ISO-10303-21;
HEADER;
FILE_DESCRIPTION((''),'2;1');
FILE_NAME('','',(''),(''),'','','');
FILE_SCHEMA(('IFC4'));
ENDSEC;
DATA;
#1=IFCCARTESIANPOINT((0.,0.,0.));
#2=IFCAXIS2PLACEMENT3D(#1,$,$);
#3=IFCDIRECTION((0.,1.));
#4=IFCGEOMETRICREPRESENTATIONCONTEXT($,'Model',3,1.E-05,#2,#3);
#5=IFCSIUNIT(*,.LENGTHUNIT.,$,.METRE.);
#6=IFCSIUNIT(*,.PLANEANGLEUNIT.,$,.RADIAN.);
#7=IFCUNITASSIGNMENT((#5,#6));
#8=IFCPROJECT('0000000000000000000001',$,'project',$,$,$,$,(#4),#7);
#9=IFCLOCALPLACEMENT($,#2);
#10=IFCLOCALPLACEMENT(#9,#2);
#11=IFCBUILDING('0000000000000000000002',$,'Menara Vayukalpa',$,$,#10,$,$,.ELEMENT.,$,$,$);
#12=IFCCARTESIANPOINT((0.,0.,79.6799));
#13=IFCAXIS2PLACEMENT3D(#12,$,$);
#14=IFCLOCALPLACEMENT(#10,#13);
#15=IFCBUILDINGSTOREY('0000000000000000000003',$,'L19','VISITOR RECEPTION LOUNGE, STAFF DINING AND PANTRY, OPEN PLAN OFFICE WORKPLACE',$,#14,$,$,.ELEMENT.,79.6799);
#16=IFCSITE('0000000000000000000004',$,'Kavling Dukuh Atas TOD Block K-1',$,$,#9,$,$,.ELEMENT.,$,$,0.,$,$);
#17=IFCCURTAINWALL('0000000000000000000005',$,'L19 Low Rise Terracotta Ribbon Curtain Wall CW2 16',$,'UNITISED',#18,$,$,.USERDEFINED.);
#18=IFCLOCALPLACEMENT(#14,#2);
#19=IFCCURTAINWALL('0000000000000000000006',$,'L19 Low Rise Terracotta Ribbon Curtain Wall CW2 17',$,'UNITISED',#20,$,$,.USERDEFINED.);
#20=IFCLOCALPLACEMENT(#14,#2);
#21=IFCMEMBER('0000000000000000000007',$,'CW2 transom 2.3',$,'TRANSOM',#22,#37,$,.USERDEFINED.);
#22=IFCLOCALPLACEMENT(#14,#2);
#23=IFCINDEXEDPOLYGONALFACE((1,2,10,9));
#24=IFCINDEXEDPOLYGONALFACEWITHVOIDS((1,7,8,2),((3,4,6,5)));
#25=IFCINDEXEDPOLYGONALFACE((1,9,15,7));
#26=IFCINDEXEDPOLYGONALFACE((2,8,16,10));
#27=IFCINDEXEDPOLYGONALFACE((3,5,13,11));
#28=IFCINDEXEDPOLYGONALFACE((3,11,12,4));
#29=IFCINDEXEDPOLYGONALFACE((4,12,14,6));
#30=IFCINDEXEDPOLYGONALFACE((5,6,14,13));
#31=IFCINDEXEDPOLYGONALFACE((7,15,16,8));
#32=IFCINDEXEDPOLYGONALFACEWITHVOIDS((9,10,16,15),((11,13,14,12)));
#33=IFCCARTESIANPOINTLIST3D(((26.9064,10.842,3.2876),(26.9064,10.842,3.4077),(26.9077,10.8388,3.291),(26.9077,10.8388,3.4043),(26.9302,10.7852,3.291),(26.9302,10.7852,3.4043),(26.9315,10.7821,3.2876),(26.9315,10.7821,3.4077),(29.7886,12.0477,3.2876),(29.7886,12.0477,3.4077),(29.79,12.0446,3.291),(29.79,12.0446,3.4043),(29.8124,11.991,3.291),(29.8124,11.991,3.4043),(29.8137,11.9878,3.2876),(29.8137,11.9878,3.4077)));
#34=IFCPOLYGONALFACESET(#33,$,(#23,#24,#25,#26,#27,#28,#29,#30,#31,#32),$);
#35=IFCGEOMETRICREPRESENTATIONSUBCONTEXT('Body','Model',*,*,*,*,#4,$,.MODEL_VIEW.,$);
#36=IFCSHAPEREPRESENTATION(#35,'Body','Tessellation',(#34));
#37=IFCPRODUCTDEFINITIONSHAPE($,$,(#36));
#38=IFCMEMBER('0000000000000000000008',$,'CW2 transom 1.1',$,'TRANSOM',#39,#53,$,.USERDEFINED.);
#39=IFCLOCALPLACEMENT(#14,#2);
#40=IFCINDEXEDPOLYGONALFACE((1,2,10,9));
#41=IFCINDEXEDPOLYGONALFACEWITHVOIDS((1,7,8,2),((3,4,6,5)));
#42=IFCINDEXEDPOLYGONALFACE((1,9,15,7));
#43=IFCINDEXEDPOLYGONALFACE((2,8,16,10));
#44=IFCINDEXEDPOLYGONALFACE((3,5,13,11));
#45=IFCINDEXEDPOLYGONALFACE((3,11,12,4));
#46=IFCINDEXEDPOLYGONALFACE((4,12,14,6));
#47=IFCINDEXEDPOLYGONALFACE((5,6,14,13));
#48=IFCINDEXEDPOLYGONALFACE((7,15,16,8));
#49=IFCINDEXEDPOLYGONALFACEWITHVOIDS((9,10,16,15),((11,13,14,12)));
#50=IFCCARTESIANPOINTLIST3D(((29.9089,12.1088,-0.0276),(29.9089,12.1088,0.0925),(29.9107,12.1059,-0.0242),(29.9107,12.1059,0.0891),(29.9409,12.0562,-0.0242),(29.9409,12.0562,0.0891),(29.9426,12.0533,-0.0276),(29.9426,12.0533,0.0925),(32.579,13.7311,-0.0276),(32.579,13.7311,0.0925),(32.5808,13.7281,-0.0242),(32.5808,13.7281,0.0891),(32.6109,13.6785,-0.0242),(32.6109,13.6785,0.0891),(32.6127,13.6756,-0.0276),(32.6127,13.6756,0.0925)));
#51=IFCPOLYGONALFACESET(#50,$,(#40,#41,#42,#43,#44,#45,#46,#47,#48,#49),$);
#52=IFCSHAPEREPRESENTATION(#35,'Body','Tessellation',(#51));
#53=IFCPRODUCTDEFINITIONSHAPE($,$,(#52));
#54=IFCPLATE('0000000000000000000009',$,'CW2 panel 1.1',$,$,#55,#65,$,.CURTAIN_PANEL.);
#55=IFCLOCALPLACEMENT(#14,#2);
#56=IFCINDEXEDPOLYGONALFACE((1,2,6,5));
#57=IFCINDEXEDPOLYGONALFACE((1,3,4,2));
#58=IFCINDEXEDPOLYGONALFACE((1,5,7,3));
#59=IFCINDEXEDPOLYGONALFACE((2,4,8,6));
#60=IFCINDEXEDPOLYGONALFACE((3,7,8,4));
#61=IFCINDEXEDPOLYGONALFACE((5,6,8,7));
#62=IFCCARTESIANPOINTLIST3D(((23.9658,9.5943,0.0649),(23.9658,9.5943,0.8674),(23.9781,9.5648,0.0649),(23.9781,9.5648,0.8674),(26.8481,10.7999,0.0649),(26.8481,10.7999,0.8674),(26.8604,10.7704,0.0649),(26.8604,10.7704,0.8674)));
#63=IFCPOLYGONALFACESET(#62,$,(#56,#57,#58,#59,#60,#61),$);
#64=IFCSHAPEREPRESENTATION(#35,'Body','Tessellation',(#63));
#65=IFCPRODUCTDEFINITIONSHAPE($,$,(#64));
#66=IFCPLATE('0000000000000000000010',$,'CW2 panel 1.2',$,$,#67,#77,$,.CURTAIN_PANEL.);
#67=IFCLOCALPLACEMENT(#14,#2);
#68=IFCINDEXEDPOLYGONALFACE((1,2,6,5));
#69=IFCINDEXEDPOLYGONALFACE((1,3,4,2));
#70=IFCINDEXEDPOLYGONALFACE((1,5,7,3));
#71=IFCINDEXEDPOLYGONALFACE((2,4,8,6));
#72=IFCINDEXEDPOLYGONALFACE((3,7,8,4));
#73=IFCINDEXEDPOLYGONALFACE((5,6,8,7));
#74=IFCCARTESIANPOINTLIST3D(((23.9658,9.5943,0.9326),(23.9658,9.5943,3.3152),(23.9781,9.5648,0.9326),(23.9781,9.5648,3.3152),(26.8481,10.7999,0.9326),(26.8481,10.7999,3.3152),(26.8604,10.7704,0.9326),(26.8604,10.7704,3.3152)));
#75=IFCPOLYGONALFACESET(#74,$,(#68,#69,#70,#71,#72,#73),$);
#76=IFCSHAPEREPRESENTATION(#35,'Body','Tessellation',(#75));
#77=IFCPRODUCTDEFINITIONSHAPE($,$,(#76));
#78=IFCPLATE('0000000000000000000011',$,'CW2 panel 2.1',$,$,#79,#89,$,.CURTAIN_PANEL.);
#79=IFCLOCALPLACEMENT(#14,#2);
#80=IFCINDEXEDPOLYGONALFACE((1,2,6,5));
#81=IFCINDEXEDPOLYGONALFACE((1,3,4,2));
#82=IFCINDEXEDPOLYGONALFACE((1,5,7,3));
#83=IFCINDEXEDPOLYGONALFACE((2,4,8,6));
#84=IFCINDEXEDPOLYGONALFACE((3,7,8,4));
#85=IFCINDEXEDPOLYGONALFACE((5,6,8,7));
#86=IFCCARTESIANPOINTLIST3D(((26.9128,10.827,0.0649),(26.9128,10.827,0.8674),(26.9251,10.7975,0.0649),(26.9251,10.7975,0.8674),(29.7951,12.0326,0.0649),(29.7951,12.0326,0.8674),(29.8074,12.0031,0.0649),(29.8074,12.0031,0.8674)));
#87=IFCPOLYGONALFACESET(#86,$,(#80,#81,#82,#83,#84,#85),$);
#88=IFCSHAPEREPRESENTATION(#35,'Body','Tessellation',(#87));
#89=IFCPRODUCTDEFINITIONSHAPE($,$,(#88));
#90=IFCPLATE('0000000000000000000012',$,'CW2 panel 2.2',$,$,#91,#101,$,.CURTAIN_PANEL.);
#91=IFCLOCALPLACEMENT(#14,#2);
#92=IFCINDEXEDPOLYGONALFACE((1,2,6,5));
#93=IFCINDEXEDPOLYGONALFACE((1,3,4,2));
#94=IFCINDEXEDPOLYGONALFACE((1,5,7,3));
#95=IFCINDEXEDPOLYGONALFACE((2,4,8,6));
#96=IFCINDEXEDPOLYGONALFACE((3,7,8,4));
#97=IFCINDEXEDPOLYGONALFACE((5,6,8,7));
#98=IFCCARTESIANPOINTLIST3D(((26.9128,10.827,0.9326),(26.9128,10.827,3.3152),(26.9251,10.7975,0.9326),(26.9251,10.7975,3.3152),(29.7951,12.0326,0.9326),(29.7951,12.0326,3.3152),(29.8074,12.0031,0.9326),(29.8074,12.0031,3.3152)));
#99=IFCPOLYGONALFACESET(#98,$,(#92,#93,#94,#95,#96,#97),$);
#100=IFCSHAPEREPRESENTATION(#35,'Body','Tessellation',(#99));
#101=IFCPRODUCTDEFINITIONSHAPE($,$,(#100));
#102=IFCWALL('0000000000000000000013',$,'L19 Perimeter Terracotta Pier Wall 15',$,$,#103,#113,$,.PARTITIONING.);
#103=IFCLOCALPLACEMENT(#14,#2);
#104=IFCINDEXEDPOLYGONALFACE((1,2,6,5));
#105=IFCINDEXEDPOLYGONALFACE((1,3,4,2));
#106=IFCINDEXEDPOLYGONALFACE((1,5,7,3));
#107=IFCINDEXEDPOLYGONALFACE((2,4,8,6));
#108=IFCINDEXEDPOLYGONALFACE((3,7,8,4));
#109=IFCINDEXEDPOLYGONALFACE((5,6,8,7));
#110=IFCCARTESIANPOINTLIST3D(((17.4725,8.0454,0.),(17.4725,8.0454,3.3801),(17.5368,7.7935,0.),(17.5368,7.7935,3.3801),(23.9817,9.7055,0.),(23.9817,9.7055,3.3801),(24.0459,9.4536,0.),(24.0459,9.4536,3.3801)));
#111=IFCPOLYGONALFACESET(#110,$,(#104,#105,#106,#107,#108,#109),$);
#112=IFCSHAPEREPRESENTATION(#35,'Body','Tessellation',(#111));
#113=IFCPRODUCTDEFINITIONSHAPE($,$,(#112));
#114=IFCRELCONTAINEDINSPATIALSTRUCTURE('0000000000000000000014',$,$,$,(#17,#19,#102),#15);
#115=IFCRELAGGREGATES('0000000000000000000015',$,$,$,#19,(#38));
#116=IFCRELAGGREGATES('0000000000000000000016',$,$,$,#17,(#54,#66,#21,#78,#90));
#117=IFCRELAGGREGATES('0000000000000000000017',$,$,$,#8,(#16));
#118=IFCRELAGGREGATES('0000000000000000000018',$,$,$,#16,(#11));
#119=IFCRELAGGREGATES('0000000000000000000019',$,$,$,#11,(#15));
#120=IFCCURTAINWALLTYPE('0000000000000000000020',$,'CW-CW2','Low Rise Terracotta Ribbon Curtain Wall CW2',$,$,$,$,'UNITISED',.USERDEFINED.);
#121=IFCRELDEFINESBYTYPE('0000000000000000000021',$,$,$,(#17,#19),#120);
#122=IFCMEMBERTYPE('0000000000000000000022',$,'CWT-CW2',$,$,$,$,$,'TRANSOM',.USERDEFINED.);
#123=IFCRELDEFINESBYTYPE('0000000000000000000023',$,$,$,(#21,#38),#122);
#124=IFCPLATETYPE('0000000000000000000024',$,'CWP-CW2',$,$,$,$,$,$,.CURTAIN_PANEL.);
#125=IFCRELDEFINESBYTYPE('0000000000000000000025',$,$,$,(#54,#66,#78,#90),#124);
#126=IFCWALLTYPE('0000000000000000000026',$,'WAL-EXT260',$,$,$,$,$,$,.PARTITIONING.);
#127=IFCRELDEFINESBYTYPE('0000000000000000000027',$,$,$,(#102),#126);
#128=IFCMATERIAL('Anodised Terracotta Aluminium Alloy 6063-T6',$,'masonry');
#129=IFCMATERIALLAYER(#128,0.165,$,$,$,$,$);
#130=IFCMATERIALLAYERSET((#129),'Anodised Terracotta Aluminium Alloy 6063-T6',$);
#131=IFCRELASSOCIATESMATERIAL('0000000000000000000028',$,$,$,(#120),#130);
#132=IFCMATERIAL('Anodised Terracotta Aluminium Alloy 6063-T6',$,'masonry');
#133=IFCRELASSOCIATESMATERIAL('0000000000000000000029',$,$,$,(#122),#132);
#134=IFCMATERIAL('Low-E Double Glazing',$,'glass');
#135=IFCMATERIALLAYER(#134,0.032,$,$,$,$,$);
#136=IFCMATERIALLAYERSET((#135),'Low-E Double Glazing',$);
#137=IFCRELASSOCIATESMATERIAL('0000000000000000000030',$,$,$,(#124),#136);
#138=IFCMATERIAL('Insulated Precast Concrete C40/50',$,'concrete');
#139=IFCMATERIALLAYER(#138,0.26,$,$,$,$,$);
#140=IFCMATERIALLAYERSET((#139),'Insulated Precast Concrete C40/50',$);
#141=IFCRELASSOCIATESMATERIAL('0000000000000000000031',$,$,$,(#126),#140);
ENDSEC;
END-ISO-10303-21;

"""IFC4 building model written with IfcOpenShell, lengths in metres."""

from ifc_helpers import new_model, si_unit, direction, frame, frame_2d, origin, origin_2d, place, context, subcontext, project, spatial, rectangle, hollow_rectangle, extrude, material, layer, layer_set, material_profile, profile_set, type_object, element, aggregate, save


model = new_model("IFC4")

# Units and contexts
model_context = context("Model", 3, precision=1e-05, world=origin(), true_north=direction((0.0, 1.0)))
body_context = subcontext(model_context, "Body", "Model", "MODEL_VIEW")
ifc_project = project(units=[si_unit("LENGTHUNIT", "METRE"), si_unit("PLANEANGLEUNIT", "RADIAN")], contexts=[model_context])

# Site, building, storey
site_placement = place(None, origin())
site = spatial("IfcSite", under=ifc_project, at=site_placement, Name="Kavling Dukuh Atas TOD Block K-1", CompositionType="ELEMENT", RefElevation=0.0)
building_placement = place(site_placement, origin())
building = spatial("IfcBuilding", under=site, at=building_placement, Name="Menara Vayukalpa", CompositionType="ELEMENT")
storey_placement = place(building_placement, frame((0.0, 0.0, 79.6799)))
storey = spatial("IfcBuildingStorey", under=building, at=storey_placement, Name="L19", Description="VISITOR RECEPTION LOUNGE, STAFF DINING AND PANTRY, OPEN PLAN OFFICE WORKPLACE", CompositionType="ELEMENT", Elevation=79.6799)

# Curtain wall
ifc_material_1 = material(Name="Anodised Terracotta Aluminium Alloy 6063-T6", Category="masonry")
ifc_layer_1 = layer(ifc_material_1, 0.165)
ifc_layer_set_1 = layer_set([ifc_layer_1], Name="Anodised Terracotta Aluminium Alloy 6063-T6")
curtain_wall_type = type_object("IfcCurtainWallType", Name="CW-CW2", Description="Low Rise Terracotta Ribbon Curtain Wall CW2", ElementType="UNITISED", PredefinedType="USERDEFINED", material=ifc_layer_set_1)
curtain_wall_1_placement = place(storey_placement, origin())
curtain_wall_1 = element("IfcCurtainWall", 1, at=curtain_wall_1_placement, inside=storey, type_object=curtain_wall_type, Name="L19 Low Rise Terracotta Ribbon Curtain Wall CW2 16", ObjectType="UNITISED", PredefinedType="USERDEFINED")

# Curtain wall
curtain_wall_2_placement = place(storey_placement, origin())
curtain_wall_2 = element("IfcCurtainWall", 2, at=curtain_wall_2_placement, inside=storey, type_object=curtain_wall_type, Name="L19 Low Rise Terracotta Ribbon Curtain Wall CW2 17", ObjectType="UNITISED", PredefinedType="USERDEFINED")

# Members
ifc_material_2 = material(Name="Anodised Terracotta Aluminium Alloy 6063-T6", Category="masonry")
ifc_material_profile_1 = material_profile(ifc_material_2, hollow_rectangle(XDim=0.0649, YDim=0.1201, WallThickness=0.0034, at=origin_2d()), Name="ALU 65x120x3.5")
ifc_profile_set_1 = profile_set([ifc_material_profile_1], Name="Anodised Terracotta Aluminium Alloy 6063-T6")
member_type_1 = type_object("IfcMemberType", Name="CWT-CW2", ElementType="TRANSOM", PredefinedType="USERDEFINED", material=ifc_profile_set_1)
member_1_placement = place(storey_placement, frame((26.9189, 10.812, 3.3477), z_axis=(0.922526, 0.385936, 0.0), x_axis=(-0.385936, 0.922526, 0.0)))
member_1 = element("IfcMember", 3, at=member_1_placement, type_object=member_type_1, Name="CW2 transom 2.3", ObjectType="TRANSOM", PredefinedType="USERDEFINED", context=body_context, shape_type="SweptSolid", body=[
    extrude(hollow_rectangle(XDim=0.0649, YDim=0.1201, WallThickness=0.0034, at=origin_2d()), origin(), (0.0, 0.0, 1.0), 3.1243),
])
member_2_placement = place(storey_placement, frame((29.9258, 12.0811, 0.0325), z_axis=(0.854625, 0.519245, 0.0), x_axis=(-0.519245, 0.854625, 0.0)))
member_2 = element("IfcMember", 4, at=member_2_placement, type_object=member_type_1, Name="CW2 transom 1.1", ObjectType="TRANSOM", PredefinedType="USERDEFINED", context=body_context, shape_type="SweptSolid", body=[
    extrude(hollow_rectangle(XDim=0.0649, YDim=0.1201, WallThickness=0.0034, at=origin_2d()), origin(), (0.0, 0.0, 1.0), 3.1243),
])
aggregate(curtain_wall_2, [member_2])

# Plates
ifc_material_3 = material(Name="Low-E Double Glazing", Category="glass")
ifc_layer_2 = layer(ifc_material_3, 0.032)
ifc_layer_set_2 = layer_set([ifc_layer_2], Name="Low-E Double Glazing")
plate_type = type_object("IfcPlateType", Name="CWP-CW2", PredefinedType="CURTAIN_PANEL", material=ifc_layer_set_2)
plate_1_placement = place(storey_placement, frame((25.4131, 10.1824, 0.0649), z_axis=(0.0, 0.0, 1.0), x_axis=(0.922543, 0.385894, 0.0)))
plate_1 = element("IfcPlate", 5, at=plate_1_placement, type_object=plate_type, Name="CW2 panel 1.1", PredefinedType="CURTAIN_PANEL", context=body_context, shape_type="SweptSolid", body=[
    extrude(rectangle(XDim=3.1243, YDim=0.032, at=origin_2d()), origin(), (0.0, 0.0, 1.0), 0.8025),
])
plate_2_placement = place(storey_placement, frame((25.4131, 10.1824, 0.9326), z_axis=(0.0, 0.0, 1.0), x_axis=(0.922543, 0.385894, 0.0)))
plate_2 = element("IfcPlate", 6, at=plate_2_placement, type_object=plate_type, Name="CW2 panel 1.2", PredefinedType="CURTAIN_PANEL", context=body_context, shape_type="SweptSolid", body=[
    extrude(rectangle(XDim=3.1243, YDim=0.032, at=origin_2d()), origin(), (0.0, 0.0, 1.0), 2.3826),
])
plate_3_placement = place(storey_placement, frame((28.3601, 11.415, 0.0649), z_axis=(0.0, 0.0, 1.0), x_axis=(0.922543, 0.385894, 0.0)))
plate_3 = element("IfcPlate", 7, at=plate_3_placement, type_object=plate_type, Name="CW2 panel 2.1", PredefinedType="CURTAIN_PANEL", context=body_context, shape_type="SweptSolid", body=[
    extrude(rectangle(XDim=3.1243, YDim=0.032, at=origin_2d()), origin(), (0.0, 0.0, 1.0), 0.8025),
])
plate_4_placement = place(storey_placement, frame((28.3601, 11.415, 0.9326), z_axis=(0.0, 0.0, 1.0), x_axis=(0.922543, 0.385894, 0.0)))
plate_4 = element("IfcPlate", 8, at=plate_4_placement, type_object=plate_type, Name="CW2 panel 2.2", PredefinedType="CURTAIN_PANEL", context=body_context, shape_type="SweptSolid", body=[
    extrude(rectangle(XDim=3.1243, YDim=0.032, at=origin_2d()), origin(), (0.0, 0.0, 1.0), 2.3826),
])
aggregate(curtain_wall_1, [plate_1, plate_2, member_1, plate_3, plate_4])

# Wall
ifc_material_4 = material(Name="Insulated Precast Concrete C40/50", Category="concrete")
ifc_layer_3 = layer(ifc_material_4, 0.26)
ifc_layer_set_3 = layer_set([ifc_layer_3], Name="Insulated Precast Concrete C40/50")
wall_type = type_object("IfcWallType", Name="WAL-EXT260", PredefinedType="PARTITIONING", material=ifc_layer_set_3)
wall_placement = place(storey_placement, frame((24.0139, 9.5796, 0.0), z_axis=(0.0, 0.0, 1.0), x_axis=(-0.968981, -0.247134, 0.0)))
element("IfcWall", 9, at=wall_placement, inside=storey, type_object=wall_type, Name="L19 Perimeter Terracotta Pier Wall 15", PredefinedType="PARTITIONING", context=body_context, shape_type="SweptSolid", body=[
    extrude(rectangle(XDim=6.7175, YDim=0.26, at=frame_2d((3.3589, 0.0))), origin(), (0.0, 0.0, 1.0), 3.3801),
])

save(model, "model.ifc")
